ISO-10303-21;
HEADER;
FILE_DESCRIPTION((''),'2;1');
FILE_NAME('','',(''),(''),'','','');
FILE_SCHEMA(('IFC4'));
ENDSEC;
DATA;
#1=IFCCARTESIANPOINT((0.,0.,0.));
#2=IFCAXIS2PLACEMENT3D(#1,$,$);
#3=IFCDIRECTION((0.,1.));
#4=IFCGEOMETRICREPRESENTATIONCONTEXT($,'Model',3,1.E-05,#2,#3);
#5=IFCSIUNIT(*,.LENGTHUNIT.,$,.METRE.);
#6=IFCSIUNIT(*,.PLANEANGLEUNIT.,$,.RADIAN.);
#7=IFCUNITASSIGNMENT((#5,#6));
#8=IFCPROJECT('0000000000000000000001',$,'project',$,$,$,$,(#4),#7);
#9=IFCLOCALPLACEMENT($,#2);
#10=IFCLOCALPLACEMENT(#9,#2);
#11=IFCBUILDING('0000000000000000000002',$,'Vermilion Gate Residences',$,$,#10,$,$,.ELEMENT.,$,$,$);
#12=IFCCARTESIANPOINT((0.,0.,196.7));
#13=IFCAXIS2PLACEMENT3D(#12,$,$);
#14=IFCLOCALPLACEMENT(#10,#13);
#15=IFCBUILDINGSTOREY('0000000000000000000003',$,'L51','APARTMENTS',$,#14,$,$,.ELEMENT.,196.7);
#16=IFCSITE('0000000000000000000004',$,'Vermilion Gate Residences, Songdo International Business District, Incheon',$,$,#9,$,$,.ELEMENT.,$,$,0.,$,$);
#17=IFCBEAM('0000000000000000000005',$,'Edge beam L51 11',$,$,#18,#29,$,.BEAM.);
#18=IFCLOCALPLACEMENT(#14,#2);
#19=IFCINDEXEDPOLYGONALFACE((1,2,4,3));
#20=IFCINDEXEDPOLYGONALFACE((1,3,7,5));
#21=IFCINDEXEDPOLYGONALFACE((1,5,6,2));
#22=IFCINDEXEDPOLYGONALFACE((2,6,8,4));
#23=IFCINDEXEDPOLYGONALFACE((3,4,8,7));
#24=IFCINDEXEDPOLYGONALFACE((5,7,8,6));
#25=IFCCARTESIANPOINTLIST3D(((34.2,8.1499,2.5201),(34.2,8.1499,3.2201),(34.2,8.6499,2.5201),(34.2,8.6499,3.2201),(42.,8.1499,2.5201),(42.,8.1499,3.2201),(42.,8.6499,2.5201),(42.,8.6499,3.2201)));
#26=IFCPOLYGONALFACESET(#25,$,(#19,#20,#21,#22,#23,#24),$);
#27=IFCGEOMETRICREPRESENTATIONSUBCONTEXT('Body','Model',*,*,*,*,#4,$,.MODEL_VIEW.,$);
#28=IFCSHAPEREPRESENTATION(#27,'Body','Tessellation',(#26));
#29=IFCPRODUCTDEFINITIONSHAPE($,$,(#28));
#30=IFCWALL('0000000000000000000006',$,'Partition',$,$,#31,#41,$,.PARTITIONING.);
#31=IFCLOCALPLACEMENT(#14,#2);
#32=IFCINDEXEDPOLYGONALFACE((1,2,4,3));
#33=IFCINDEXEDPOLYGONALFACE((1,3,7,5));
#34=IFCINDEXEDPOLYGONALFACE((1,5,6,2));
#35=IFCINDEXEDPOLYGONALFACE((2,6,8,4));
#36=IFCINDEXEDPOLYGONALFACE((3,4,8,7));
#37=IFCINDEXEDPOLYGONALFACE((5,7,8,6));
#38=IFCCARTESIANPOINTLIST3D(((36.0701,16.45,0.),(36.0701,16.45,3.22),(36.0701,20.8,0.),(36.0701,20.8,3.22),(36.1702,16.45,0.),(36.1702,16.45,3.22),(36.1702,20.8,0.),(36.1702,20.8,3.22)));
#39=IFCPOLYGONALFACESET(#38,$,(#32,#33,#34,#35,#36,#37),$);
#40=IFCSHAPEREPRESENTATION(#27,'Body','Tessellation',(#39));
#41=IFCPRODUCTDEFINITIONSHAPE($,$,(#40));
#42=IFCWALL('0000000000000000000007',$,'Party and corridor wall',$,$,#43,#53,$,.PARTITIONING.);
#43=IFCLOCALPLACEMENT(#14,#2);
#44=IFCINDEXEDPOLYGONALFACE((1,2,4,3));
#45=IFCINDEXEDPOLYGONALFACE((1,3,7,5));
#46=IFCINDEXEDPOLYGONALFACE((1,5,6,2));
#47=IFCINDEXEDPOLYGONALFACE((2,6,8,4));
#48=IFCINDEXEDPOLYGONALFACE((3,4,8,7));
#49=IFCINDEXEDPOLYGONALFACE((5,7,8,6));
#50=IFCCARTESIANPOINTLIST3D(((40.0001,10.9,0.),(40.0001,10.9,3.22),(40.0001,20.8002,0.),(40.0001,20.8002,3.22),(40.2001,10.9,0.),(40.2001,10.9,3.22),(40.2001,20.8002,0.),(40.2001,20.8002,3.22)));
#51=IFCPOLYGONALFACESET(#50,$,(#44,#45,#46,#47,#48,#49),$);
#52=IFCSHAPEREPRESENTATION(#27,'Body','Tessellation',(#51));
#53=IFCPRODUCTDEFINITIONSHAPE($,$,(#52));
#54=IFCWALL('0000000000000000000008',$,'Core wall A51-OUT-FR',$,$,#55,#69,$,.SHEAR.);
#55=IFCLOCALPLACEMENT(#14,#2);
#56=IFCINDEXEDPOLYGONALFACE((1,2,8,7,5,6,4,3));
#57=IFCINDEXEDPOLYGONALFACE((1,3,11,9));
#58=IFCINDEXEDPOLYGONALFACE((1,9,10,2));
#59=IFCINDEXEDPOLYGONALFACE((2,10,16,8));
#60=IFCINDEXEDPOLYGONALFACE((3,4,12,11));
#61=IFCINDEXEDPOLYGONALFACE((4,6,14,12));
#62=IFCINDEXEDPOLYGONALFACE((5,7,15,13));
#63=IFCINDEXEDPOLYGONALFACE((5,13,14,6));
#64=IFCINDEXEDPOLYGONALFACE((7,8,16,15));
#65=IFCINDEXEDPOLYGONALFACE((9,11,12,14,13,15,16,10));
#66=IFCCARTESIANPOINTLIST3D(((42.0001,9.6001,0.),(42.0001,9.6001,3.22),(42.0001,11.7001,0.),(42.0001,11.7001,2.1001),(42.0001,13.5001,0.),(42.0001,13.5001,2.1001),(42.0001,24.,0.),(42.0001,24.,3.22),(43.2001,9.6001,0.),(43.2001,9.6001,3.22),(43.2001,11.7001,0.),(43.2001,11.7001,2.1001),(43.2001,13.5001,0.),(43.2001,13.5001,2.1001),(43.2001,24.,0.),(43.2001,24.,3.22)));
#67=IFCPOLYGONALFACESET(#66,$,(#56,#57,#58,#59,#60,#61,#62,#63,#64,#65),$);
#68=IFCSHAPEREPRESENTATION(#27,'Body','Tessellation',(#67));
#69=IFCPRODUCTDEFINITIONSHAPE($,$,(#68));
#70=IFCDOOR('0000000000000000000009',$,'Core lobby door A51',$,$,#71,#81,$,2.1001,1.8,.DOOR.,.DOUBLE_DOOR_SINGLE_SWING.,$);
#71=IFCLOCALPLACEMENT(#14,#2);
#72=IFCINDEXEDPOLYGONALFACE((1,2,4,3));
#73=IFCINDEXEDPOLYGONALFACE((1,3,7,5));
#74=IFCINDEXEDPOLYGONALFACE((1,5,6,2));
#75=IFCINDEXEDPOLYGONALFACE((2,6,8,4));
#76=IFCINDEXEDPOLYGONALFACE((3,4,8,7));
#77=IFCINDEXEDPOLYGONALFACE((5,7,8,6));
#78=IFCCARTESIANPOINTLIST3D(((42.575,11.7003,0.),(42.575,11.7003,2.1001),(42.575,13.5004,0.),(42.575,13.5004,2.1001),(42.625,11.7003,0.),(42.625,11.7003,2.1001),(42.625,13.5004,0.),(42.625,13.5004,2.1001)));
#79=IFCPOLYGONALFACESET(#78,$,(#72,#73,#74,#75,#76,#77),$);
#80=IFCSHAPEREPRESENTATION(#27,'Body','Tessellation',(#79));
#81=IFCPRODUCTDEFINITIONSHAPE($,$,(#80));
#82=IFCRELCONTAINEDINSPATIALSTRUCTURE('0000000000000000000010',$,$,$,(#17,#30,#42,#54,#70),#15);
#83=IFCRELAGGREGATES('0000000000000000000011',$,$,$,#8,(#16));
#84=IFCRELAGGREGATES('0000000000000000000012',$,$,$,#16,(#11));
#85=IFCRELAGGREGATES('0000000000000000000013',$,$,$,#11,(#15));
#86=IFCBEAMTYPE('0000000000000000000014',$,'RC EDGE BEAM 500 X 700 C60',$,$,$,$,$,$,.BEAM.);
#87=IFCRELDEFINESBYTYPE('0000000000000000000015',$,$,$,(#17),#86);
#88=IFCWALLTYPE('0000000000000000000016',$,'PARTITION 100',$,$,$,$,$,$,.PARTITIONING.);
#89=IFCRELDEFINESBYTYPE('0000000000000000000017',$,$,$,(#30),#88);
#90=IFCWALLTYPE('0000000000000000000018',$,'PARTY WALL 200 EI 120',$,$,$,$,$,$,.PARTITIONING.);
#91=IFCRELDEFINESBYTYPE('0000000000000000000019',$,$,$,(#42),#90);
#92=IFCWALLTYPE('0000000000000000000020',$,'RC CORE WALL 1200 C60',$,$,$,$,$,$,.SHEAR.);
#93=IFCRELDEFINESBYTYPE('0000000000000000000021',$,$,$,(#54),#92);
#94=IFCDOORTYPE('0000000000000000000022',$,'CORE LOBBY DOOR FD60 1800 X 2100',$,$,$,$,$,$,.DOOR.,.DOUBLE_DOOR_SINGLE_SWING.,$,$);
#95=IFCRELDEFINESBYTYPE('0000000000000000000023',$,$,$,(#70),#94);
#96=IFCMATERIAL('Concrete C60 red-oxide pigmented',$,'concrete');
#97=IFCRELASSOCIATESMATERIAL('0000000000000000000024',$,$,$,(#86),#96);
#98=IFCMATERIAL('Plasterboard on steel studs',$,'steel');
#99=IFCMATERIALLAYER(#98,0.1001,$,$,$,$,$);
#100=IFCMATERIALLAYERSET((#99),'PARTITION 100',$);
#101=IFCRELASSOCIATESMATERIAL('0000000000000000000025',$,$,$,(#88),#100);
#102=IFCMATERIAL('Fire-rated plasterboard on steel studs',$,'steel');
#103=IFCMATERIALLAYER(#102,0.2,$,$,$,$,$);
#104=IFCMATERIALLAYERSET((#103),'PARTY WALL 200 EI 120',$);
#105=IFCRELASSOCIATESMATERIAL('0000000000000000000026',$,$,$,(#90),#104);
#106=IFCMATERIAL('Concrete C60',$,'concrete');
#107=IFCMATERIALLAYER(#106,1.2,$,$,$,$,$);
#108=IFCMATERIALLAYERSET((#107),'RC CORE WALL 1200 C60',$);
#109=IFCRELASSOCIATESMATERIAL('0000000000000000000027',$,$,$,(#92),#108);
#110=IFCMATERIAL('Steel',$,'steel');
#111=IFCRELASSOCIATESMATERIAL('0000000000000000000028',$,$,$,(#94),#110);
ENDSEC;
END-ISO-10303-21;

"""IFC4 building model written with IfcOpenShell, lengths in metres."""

from ifc_helpers import new_model, si_unit, direction, frame, frame_2d, origin, origin_2d, place, context, subcontext, project, spatial, rectangle, extrude, material, layer, layer_set, material_profile, profile_set, type_object, element, fill, save


model = new_model("IFC4")

# Units and contexts
model_context = context("Model", 3, precision=1e-05, world=origin(), true_north=direction((0.0, 1.0)))
body_context = subcontext(model_context, "Body", "Model", "MODEL_VIEW")
ifc_project = project(units=[si_unit("LENGTHUNIT", "METRE"), si_unit("PLANEANGLEUNIT", "RADIAN")], contexts=[model_context])

# Site, building, storey
site_placement = place(None, origin())
site = spatial("IfcSite", under=ifc_project, at=site_placement, Name="Vermilion Gate Residences, Songdo International Business District, Incheon", CompositionType="ELEMENT", RefElevation=0.0)
building_placement = place(site_placement, origin())
building = spatial("IfcBuilding", under=site, at=building_placement, Name="Vermilion Gate Residences", CompositionType="ELEMENT")
storey_placement = place(building_placement, frame((0.0, 0.0, 196.7)))
storey = spatial("IfcBuildingStorey", under=building, at=storey_placement, Name="L51", Description="APARTMENTS", CompositionType="ELEMENT", Elevation=196.7)

# Beam
ifc_material_1 = material(Name="Concrete C60 red-oxide pigmented", Category="concrete")
ifc_material_profile_1 = material_profile(ifc_material_1, rectangle(XDim=0.5, YDim=0.7, at=origin_2d()), Name="RC-500x700")
ifc_profile_set_1 = profile_set([ifc_material_profile_1], Name="Concrete C60 red-oxide pigmented")
beam_type = type_object("IfcBeamType", Name="RC EDGE BEAM 500 X 700 C60", PredefinedType="BEAM", material=ifc_profile_set_1)
beam_placement = place(storey_placement, frame((34.2, 8.3999, 2.8701), z_axis=(1.0, 0.0, 0.0), x_axis=(0.0, 1.0, 0.0)))
element("IfcBeam", 1, at=beam_placement, inside=storey, type_object=beam_type, Name="Edge beam L51 11", PredefinedType="BEAM", context=body_context, shape_type="SweptSolid", body=[
    extrude(rectangle(XDim=0.5, YDim=0.7, at=origin_2d()), origin(), (0.0, 0.0, 1.0), 7.8),
])

# Walls
ifc_material_2 = material(Name="Plasterboard on steel studs", Category="steel")
ifc_layer_1 = layer(ifc_material_2, 0.1001)
ifc_layer_set_1 = layer_set([ifc_layer_1], Name="PARTITION 100")
wall_type_1 = type_object("IfcWallType", Name="PARTITION 100", PredefinedType="PARTITIONING", material=ifc_layer_set_1)
wall_1_placement = place(storey_placement, frame((36.1201, 16.45, 0.0), z_axis=(0.0, 0.0, 1.0), x_axis=(0.0, 1.0, 0.0)))
element("IfcWall", 2, at=wall_1_placement, inside=storey, type_object=wall_type_1, Name="Partition", PredefinedType="PARTITIONING", context=body_context, shape_type="SweptSolid", body=[
    extrude(rectangle(XDim=4.3501, YDim=0.1001, at=frame_2d((2.175, 0.0))), origin(), (0.0, 0.0, 1.0), 3.22),
])
ifc_material_3 = material(Name="Fire-rated plasterboard on steel studs", Category="steel")
ifc_layer_2 = layer(ifc_material_3, 0.2)
ifc_layer_set_2 = layer_set([ifc_layer_2], Name="PARTY WALL 200 EI 120")
wall_type_2 = type_object("IfcWallType", Name="PARTY WALL 200 EI 120", PredefinedType="PARTITIONING", material=ifc_layer_set_2)
wall_2_placement = place(storey_placement, frame((40.1001, 10.8999, 0.0), z_axis=(0.0, 0.0, 1.0), x_axis=(0.0, 1.0, 0.0)))
element("IfcWall", 3, at=wall_2_placement, inside=storey, type_object=wall_type_2, Name="Party and corridor wall", PredefinedType="PARTITIONING", context=body_context, shape_type="SweptSolid", body=[
    extrude(rectangle(XDim=9.9001, YDim=0.2, at=frame_2d((4.9502, 0.0))), origin(), (0.0, 0.0, 1.0), 3.22),
])

# Wall, opening, door
ifc_material_4 = material(Name="Concrete C60", Category="concrete")
ifc_layer_3 = layer(ifc_material_4, 1.2)
ifc_layer_set_3 = layer_set([ifc_layer_3], Name="RC CORE WALL 1200 C60")
wall_type_3 = type_object("IfcWallType", Name="RC CORE WALL 1200 C60", PredefinedType="SHEAR", material=ifc_layer_set_3)
wall_3_placement = place(storey_placement, frame((42.6001, 9.6001, 0.0), z_axis=(0.0, 0.0, 1.0), x_axis=(0.0, 1.0, 0.0)))
wall_3 = element("IfcWall", 4, at=wall_3_placement, inside=storey, type_object=wall_type_3, Name="Core wall A51-OUT-FR", PredefinedType="SHEAR", context=body_context, shape_type="SweptSolid", body=[
    extrude(rectangle(XDim=14.3999, YDim=1.2, at=frame_2d((7.2, 0.0))), origin(), (0.0, 0.0, 1.0), 3.22),
])
opening_1_placement = place(wall_3_placement, frame((2.1001, 0.0, 0.0)))
opening_1 = element("IfcOpeningElement", 5, at=opening_1_placement, cuts=wall_3, PredefinedType="OPENING", context=body_context, shape_type="SweptSolid", body=[
    extrude(rectangle(XDim=1.8, YDim=2.1001, at=frame_2d((0.8999, 1.05))), frame((0.0, 0.6099, 0.0), z_axis=(0.0, -1.0, 0.0), x_axis=(1.0, 0.0, 0.0)), (0.0, 0.0, 1.0), 1.22),
])
ifc_material_5 = material(Name="Steel", Category="steel")
door_type = type_object("IfcDoorType", Name="CORE LOBBY DOOR FD60 1800 X 2100", OperationType="DOUBLE_DOOR_SINGLE_SWING", PredefinedType="DOOR", material=ifc_material_5)
door_placement = place(opening_1_placement, frame((1.8, 0.0, 0.0), z_axis=(0.0, 0.0, 1.0), x_axis=(-1.0, 0.0, 0.0)))
door = element("IfcDoor", 6, at=door_placement, inside=storey, type_object=door_type, Name="Core lobby door A51", OperationType="DOUBLE_DOOR_SINGLE_SWING", OverallHeight=2.1001, OverallWidth=1.8, PredefinedType="DOOR", context=body_context, shape_type="SweptSolid", body=[
    extrude(rectangle(XDim=1.8, YDim=2.1001, at=frame_2d((0.8999, 1.05))), frame((0.0, 0.0249, 0.0), z_axis=(0.0, -1.0, 0.0), x_axis=(1.0, 0.0, 0.0)), (0.0, 0.0, 1.0), 0.05),
])
fill(opening_1, door)

save(model, "model.ifc")
